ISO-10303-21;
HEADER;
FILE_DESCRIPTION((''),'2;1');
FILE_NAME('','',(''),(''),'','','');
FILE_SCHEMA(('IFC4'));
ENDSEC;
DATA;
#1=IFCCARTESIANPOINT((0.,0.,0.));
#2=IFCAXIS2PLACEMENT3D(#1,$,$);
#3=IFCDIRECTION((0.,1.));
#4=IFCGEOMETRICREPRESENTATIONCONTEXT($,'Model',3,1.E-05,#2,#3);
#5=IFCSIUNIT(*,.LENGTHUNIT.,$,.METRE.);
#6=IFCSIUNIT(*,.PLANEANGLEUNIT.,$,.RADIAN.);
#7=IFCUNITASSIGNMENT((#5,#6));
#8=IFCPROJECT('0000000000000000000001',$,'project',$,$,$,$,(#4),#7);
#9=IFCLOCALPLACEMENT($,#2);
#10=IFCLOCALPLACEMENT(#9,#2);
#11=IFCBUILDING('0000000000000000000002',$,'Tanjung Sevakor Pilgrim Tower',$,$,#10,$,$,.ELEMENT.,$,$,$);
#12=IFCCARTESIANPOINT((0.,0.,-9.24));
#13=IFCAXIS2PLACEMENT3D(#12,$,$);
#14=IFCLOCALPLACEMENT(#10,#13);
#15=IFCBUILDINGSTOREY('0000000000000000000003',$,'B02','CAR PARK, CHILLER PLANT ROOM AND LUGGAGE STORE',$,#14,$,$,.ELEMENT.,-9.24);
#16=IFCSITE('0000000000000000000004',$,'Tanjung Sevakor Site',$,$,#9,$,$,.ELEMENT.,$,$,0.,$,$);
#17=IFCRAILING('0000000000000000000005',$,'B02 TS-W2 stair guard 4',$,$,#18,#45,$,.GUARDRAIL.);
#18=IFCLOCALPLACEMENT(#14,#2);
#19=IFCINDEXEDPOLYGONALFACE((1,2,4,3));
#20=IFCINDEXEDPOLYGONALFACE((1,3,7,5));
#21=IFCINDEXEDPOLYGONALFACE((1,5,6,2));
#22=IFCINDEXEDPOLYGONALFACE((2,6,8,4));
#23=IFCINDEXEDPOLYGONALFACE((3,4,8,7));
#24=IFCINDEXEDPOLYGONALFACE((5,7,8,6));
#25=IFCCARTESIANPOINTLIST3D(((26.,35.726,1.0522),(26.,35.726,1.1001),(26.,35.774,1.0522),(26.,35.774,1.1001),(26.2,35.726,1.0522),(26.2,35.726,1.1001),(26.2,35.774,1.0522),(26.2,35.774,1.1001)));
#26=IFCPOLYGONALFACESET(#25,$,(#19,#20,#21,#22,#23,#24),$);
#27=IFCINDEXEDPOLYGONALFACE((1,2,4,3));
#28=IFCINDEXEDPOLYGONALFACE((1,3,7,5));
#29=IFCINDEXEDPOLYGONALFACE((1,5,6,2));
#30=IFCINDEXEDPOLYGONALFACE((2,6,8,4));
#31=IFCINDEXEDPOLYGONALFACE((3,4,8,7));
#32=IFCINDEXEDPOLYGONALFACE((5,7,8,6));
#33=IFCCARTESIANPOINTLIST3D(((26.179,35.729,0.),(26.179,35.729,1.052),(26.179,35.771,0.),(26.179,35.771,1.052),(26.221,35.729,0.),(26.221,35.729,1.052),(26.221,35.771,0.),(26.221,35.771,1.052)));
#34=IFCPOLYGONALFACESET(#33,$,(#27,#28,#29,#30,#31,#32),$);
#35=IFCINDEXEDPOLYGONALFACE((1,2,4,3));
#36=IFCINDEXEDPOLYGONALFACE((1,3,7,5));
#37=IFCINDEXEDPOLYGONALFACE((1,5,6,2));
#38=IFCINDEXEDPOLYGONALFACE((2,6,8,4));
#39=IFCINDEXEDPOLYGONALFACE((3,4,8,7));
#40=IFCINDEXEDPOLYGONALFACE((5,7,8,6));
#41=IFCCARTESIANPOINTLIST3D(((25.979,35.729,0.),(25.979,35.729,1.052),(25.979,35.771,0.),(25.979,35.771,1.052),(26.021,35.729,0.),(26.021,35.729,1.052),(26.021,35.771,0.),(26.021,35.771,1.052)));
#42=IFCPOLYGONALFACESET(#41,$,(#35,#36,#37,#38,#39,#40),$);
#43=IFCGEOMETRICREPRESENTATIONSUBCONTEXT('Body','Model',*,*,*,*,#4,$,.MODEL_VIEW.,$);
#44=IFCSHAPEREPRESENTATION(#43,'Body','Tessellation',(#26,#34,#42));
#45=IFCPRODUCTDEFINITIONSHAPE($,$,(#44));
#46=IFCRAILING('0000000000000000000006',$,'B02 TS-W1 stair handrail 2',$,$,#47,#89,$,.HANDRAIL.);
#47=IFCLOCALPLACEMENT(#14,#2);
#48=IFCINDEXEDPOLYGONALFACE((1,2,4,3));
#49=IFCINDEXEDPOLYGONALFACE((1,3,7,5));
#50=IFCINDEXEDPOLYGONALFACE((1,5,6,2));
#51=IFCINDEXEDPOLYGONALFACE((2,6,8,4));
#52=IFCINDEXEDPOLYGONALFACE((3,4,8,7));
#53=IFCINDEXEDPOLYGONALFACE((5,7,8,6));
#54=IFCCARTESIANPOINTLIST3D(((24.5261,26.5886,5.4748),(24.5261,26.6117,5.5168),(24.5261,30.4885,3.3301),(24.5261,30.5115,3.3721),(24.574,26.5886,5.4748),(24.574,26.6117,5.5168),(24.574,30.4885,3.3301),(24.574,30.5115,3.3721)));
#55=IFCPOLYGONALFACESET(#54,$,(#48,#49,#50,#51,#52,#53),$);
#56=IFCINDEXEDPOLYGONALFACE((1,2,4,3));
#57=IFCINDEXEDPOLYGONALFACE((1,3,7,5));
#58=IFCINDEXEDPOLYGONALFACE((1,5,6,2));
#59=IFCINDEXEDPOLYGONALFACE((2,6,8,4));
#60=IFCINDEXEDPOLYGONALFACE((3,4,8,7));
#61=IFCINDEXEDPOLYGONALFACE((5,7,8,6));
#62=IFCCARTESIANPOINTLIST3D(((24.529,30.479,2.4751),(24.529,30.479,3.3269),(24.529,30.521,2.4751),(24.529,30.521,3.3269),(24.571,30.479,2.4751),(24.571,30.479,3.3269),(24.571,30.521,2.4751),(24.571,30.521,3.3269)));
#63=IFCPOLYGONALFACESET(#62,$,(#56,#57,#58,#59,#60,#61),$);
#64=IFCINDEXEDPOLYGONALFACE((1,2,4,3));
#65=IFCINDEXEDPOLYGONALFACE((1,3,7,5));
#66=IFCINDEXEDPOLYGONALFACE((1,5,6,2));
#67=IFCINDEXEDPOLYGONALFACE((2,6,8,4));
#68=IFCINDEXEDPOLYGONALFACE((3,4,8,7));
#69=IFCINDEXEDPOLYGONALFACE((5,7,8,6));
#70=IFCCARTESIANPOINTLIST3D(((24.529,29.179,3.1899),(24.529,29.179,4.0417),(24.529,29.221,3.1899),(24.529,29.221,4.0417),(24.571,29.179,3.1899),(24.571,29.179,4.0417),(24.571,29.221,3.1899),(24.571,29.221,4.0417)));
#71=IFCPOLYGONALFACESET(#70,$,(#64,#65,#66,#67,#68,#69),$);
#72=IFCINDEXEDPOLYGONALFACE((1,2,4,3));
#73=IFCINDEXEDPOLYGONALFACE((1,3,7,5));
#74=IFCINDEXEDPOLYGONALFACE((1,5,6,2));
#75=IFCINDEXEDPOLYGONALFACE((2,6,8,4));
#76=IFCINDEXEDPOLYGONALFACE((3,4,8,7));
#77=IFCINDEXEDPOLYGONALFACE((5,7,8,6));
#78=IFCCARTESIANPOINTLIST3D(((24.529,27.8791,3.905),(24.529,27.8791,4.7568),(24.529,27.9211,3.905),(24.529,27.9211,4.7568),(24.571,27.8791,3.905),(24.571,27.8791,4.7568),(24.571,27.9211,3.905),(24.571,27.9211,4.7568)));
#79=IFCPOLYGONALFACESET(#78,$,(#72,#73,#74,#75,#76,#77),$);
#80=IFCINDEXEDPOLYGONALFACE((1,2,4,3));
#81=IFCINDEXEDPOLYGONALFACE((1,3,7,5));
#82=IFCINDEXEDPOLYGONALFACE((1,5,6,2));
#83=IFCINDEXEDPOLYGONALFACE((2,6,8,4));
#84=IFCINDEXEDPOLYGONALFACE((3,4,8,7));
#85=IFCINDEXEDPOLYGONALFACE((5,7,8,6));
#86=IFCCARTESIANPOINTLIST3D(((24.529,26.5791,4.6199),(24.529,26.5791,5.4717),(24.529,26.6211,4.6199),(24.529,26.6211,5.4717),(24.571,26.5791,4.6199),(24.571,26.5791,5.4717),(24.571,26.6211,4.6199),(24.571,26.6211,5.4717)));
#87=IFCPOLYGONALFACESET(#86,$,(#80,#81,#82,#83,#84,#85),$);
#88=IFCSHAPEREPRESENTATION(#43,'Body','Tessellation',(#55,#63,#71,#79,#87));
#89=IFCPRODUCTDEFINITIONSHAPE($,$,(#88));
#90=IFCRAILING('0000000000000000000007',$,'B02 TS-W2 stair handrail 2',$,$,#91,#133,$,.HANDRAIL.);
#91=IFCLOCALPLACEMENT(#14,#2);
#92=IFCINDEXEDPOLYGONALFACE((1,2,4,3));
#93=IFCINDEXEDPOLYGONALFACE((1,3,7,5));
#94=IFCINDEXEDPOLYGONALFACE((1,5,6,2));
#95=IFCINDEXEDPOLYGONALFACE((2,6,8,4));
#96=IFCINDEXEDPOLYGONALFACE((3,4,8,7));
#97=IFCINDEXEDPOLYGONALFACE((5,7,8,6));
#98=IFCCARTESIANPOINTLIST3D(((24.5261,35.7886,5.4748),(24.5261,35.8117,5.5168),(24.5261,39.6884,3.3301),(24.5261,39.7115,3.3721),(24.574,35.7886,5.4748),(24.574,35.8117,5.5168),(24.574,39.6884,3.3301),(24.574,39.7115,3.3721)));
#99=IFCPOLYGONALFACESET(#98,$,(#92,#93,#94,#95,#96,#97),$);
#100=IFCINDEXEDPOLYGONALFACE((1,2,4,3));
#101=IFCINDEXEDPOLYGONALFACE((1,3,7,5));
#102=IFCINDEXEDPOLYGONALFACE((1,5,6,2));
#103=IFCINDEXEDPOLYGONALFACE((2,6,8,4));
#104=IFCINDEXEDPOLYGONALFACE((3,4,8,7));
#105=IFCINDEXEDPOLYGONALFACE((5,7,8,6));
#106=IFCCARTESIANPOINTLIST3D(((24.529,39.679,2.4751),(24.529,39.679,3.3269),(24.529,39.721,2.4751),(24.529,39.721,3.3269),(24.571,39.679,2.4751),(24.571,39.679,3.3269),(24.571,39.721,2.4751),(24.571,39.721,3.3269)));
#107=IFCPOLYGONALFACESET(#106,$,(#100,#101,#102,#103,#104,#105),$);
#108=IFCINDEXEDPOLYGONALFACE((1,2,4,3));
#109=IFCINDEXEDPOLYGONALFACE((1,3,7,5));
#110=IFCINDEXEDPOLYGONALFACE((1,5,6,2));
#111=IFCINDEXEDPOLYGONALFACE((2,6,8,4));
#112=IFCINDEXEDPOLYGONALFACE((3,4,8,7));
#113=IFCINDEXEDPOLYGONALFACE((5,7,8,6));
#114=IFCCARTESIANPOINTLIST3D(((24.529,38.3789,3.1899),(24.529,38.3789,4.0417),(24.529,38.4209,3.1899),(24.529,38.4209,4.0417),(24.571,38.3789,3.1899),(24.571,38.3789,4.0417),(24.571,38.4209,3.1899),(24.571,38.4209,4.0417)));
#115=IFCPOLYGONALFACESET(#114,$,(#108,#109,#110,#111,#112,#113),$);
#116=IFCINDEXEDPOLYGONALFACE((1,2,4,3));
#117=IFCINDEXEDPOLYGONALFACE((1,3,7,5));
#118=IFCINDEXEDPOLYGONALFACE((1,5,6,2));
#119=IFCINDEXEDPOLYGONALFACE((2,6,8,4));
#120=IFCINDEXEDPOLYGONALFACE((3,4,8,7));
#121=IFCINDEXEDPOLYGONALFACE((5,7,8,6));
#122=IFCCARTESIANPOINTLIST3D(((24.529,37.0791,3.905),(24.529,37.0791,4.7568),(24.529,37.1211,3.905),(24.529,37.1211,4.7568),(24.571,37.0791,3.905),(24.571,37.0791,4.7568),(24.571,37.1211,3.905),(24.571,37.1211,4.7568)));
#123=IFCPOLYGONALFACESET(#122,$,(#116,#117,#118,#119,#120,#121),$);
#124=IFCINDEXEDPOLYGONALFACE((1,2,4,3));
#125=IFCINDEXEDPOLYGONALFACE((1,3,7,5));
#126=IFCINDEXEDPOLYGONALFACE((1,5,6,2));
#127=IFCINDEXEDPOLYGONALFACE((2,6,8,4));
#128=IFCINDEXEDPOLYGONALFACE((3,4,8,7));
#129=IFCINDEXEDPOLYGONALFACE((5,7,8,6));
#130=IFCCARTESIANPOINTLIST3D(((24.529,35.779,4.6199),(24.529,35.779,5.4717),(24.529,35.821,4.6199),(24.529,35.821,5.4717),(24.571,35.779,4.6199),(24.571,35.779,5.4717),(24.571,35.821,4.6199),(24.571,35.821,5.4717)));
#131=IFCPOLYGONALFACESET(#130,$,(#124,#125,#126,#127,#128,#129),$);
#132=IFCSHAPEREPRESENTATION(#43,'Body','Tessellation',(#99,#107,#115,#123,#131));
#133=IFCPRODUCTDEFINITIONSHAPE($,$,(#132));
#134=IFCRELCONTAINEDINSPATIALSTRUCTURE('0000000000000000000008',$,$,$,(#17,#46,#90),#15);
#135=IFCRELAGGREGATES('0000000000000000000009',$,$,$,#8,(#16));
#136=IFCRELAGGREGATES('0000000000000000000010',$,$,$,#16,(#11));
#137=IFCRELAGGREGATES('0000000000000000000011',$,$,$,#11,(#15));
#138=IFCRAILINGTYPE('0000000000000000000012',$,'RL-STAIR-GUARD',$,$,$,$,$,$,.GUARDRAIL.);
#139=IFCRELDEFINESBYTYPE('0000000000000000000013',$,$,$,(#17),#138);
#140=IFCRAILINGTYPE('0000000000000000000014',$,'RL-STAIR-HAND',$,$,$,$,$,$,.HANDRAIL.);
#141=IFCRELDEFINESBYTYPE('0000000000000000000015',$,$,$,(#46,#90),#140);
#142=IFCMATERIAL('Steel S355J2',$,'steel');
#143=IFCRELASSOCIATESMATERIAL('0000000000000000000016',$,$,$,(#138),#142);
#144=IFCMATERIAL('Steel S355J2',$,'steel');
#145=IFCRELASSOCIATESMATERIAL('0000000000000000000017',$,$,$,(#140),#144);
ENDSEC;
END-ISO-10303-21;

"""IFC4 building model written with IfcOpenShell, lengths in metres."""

from ifc_helpers import new_model, si_unit, direction, frame, origin, place, context, subcontext, project, spatial, rectangle, extrude, material, type_object, element, save


model = new_model("IFC4")

# Units and contexts
model_context = context("Model", 3, precision=1e-05, world=origin(), true_north=direction((0.0, 1.0)))
body_context = subcontext(model_context, "Body", "Model", "MODEL_VIEW")
ifc_project = project(units=[si_unit("LENGTHUNIT", "METRE"), si_unit("PLANEANGLEUNIT", "RADIAN")], contexts=[model_context])

# Site, building, storey
site_placement = place(None, origin())
site = spatial("IfcSite", under=ifc_project, at=site_placement, Name="Tanjung Sevakor Site", CompositionType="ELEMENT", RefElevation=0.0)
building_placement = place(site_placement, origin())
building = spatial("IfcBuilding", under=site, at=building_placement, Name="Tanjung Sevakor Pilgrim Tower", CompositionType="ELEMENT")
storey_placement = place(building_placement, frame((0.0, 0.0, -9.24)))
storey = spatial("IfcBuildingStorey", under=building, at=storey_placement, Name="B02", Description="CAR PARK, CHILLER PLANT ROOM AND LUGGAGE STORE", CompositionType="ELEMENT", Elevation=-9.24)

# Railings
ifc_material_1 = material(Name="Steel S355J2", Category="steel")
railing_type_1 = type_object("IfcRailingType", Name="RL-STAIR-GUARD", PredefinedType="GUARDRAIL", material=ifc_material_1)
railing_1_placement = place(storey_placement, frame((26.2, 35.75, 0.0)))
element("IfcRailing", 1, at=railing_1_placement, inside=storey, type_object=railing_type_1, Name="B02 TS-W2 stair guard 4", PredefinedType="GUARDRAIL", context=body_context, shape_type="SweptSolid", body=[
    extrude(rectangle(XDim=0.0479, YDim=0.0479), frame((0.0, 0.0, 1.0762), z_axis=(-1.0, 0.0, 0.0), x_axis=(0.0, -1.0, 0.0)), (0.0, 0.0, 1.0), 0.2),
    extrude(rectangle(XDim=0.042, YDim=0.042), origin(), (0.0, 0.0, 1.0), 1.052),
    extrude(rectangle(XDim=0.042, YDim=0.042), frame((-0.2, 0.0, 0.0)), (0.0, 0.0, 1.0), 1.052),
])
ifc_material_2 = material(Name="Steel S355J2", Category="steel")
railing_type_2 = type_object("IfcRailingType", Name="RL-STAIR-HAND", PredefinedType="HANDRAIL", material=ifc_material_2)
for number, where, name in (
    (2, (24.55, 30.5, 2.4751), "B02 TS-W1 stair handrail 2"),
    (3, (24.55, 39.7, 2.4751), "B02 TS-W2 stair handrail 2"),
):
    element("IfcRailing", number, at=place(storey_placement, frame(where)), inside=storey, type_object=railing_type_2, Name=name, PredefinedType="HANDRAIL", context=body_context, shape_type="SweptSolid", body=[
        extrude(rectangle(XDim=0.0479, YDim=0.0479), frame((0.0, 0.0, 0.876), z_axis=(0.0, -0.876232, 0.481889), x_axis=(1.0, 0.0, 0.0)), (0.0, 0.0, 1.0), 4.4507),
        extrude(rectangle(XDim=0.042, YDim=0.042), origin(), (0.0, 0.0, 1.0), 0.8518),
        extrude(rectangle(XDim=0.042, YDim=0.042), frame((0.0, -1.3, 0.7148)), (0.0, 0.0, 1.0), 0.8518),
        extrude(rectangle(XDim=0.042, YDim=0.042), frame((0.0, -2.5999, 1.4299)), (0.0, 0.0, 1.0), 0.8518),
        extrude(rectangle(XDim=0.042, YDim=0.042), frame((0.0, -3.8999, 2.1448)), (0.0, 0.0, 1.0), 0.8518),
    ])

save(model, "model.ifc")
